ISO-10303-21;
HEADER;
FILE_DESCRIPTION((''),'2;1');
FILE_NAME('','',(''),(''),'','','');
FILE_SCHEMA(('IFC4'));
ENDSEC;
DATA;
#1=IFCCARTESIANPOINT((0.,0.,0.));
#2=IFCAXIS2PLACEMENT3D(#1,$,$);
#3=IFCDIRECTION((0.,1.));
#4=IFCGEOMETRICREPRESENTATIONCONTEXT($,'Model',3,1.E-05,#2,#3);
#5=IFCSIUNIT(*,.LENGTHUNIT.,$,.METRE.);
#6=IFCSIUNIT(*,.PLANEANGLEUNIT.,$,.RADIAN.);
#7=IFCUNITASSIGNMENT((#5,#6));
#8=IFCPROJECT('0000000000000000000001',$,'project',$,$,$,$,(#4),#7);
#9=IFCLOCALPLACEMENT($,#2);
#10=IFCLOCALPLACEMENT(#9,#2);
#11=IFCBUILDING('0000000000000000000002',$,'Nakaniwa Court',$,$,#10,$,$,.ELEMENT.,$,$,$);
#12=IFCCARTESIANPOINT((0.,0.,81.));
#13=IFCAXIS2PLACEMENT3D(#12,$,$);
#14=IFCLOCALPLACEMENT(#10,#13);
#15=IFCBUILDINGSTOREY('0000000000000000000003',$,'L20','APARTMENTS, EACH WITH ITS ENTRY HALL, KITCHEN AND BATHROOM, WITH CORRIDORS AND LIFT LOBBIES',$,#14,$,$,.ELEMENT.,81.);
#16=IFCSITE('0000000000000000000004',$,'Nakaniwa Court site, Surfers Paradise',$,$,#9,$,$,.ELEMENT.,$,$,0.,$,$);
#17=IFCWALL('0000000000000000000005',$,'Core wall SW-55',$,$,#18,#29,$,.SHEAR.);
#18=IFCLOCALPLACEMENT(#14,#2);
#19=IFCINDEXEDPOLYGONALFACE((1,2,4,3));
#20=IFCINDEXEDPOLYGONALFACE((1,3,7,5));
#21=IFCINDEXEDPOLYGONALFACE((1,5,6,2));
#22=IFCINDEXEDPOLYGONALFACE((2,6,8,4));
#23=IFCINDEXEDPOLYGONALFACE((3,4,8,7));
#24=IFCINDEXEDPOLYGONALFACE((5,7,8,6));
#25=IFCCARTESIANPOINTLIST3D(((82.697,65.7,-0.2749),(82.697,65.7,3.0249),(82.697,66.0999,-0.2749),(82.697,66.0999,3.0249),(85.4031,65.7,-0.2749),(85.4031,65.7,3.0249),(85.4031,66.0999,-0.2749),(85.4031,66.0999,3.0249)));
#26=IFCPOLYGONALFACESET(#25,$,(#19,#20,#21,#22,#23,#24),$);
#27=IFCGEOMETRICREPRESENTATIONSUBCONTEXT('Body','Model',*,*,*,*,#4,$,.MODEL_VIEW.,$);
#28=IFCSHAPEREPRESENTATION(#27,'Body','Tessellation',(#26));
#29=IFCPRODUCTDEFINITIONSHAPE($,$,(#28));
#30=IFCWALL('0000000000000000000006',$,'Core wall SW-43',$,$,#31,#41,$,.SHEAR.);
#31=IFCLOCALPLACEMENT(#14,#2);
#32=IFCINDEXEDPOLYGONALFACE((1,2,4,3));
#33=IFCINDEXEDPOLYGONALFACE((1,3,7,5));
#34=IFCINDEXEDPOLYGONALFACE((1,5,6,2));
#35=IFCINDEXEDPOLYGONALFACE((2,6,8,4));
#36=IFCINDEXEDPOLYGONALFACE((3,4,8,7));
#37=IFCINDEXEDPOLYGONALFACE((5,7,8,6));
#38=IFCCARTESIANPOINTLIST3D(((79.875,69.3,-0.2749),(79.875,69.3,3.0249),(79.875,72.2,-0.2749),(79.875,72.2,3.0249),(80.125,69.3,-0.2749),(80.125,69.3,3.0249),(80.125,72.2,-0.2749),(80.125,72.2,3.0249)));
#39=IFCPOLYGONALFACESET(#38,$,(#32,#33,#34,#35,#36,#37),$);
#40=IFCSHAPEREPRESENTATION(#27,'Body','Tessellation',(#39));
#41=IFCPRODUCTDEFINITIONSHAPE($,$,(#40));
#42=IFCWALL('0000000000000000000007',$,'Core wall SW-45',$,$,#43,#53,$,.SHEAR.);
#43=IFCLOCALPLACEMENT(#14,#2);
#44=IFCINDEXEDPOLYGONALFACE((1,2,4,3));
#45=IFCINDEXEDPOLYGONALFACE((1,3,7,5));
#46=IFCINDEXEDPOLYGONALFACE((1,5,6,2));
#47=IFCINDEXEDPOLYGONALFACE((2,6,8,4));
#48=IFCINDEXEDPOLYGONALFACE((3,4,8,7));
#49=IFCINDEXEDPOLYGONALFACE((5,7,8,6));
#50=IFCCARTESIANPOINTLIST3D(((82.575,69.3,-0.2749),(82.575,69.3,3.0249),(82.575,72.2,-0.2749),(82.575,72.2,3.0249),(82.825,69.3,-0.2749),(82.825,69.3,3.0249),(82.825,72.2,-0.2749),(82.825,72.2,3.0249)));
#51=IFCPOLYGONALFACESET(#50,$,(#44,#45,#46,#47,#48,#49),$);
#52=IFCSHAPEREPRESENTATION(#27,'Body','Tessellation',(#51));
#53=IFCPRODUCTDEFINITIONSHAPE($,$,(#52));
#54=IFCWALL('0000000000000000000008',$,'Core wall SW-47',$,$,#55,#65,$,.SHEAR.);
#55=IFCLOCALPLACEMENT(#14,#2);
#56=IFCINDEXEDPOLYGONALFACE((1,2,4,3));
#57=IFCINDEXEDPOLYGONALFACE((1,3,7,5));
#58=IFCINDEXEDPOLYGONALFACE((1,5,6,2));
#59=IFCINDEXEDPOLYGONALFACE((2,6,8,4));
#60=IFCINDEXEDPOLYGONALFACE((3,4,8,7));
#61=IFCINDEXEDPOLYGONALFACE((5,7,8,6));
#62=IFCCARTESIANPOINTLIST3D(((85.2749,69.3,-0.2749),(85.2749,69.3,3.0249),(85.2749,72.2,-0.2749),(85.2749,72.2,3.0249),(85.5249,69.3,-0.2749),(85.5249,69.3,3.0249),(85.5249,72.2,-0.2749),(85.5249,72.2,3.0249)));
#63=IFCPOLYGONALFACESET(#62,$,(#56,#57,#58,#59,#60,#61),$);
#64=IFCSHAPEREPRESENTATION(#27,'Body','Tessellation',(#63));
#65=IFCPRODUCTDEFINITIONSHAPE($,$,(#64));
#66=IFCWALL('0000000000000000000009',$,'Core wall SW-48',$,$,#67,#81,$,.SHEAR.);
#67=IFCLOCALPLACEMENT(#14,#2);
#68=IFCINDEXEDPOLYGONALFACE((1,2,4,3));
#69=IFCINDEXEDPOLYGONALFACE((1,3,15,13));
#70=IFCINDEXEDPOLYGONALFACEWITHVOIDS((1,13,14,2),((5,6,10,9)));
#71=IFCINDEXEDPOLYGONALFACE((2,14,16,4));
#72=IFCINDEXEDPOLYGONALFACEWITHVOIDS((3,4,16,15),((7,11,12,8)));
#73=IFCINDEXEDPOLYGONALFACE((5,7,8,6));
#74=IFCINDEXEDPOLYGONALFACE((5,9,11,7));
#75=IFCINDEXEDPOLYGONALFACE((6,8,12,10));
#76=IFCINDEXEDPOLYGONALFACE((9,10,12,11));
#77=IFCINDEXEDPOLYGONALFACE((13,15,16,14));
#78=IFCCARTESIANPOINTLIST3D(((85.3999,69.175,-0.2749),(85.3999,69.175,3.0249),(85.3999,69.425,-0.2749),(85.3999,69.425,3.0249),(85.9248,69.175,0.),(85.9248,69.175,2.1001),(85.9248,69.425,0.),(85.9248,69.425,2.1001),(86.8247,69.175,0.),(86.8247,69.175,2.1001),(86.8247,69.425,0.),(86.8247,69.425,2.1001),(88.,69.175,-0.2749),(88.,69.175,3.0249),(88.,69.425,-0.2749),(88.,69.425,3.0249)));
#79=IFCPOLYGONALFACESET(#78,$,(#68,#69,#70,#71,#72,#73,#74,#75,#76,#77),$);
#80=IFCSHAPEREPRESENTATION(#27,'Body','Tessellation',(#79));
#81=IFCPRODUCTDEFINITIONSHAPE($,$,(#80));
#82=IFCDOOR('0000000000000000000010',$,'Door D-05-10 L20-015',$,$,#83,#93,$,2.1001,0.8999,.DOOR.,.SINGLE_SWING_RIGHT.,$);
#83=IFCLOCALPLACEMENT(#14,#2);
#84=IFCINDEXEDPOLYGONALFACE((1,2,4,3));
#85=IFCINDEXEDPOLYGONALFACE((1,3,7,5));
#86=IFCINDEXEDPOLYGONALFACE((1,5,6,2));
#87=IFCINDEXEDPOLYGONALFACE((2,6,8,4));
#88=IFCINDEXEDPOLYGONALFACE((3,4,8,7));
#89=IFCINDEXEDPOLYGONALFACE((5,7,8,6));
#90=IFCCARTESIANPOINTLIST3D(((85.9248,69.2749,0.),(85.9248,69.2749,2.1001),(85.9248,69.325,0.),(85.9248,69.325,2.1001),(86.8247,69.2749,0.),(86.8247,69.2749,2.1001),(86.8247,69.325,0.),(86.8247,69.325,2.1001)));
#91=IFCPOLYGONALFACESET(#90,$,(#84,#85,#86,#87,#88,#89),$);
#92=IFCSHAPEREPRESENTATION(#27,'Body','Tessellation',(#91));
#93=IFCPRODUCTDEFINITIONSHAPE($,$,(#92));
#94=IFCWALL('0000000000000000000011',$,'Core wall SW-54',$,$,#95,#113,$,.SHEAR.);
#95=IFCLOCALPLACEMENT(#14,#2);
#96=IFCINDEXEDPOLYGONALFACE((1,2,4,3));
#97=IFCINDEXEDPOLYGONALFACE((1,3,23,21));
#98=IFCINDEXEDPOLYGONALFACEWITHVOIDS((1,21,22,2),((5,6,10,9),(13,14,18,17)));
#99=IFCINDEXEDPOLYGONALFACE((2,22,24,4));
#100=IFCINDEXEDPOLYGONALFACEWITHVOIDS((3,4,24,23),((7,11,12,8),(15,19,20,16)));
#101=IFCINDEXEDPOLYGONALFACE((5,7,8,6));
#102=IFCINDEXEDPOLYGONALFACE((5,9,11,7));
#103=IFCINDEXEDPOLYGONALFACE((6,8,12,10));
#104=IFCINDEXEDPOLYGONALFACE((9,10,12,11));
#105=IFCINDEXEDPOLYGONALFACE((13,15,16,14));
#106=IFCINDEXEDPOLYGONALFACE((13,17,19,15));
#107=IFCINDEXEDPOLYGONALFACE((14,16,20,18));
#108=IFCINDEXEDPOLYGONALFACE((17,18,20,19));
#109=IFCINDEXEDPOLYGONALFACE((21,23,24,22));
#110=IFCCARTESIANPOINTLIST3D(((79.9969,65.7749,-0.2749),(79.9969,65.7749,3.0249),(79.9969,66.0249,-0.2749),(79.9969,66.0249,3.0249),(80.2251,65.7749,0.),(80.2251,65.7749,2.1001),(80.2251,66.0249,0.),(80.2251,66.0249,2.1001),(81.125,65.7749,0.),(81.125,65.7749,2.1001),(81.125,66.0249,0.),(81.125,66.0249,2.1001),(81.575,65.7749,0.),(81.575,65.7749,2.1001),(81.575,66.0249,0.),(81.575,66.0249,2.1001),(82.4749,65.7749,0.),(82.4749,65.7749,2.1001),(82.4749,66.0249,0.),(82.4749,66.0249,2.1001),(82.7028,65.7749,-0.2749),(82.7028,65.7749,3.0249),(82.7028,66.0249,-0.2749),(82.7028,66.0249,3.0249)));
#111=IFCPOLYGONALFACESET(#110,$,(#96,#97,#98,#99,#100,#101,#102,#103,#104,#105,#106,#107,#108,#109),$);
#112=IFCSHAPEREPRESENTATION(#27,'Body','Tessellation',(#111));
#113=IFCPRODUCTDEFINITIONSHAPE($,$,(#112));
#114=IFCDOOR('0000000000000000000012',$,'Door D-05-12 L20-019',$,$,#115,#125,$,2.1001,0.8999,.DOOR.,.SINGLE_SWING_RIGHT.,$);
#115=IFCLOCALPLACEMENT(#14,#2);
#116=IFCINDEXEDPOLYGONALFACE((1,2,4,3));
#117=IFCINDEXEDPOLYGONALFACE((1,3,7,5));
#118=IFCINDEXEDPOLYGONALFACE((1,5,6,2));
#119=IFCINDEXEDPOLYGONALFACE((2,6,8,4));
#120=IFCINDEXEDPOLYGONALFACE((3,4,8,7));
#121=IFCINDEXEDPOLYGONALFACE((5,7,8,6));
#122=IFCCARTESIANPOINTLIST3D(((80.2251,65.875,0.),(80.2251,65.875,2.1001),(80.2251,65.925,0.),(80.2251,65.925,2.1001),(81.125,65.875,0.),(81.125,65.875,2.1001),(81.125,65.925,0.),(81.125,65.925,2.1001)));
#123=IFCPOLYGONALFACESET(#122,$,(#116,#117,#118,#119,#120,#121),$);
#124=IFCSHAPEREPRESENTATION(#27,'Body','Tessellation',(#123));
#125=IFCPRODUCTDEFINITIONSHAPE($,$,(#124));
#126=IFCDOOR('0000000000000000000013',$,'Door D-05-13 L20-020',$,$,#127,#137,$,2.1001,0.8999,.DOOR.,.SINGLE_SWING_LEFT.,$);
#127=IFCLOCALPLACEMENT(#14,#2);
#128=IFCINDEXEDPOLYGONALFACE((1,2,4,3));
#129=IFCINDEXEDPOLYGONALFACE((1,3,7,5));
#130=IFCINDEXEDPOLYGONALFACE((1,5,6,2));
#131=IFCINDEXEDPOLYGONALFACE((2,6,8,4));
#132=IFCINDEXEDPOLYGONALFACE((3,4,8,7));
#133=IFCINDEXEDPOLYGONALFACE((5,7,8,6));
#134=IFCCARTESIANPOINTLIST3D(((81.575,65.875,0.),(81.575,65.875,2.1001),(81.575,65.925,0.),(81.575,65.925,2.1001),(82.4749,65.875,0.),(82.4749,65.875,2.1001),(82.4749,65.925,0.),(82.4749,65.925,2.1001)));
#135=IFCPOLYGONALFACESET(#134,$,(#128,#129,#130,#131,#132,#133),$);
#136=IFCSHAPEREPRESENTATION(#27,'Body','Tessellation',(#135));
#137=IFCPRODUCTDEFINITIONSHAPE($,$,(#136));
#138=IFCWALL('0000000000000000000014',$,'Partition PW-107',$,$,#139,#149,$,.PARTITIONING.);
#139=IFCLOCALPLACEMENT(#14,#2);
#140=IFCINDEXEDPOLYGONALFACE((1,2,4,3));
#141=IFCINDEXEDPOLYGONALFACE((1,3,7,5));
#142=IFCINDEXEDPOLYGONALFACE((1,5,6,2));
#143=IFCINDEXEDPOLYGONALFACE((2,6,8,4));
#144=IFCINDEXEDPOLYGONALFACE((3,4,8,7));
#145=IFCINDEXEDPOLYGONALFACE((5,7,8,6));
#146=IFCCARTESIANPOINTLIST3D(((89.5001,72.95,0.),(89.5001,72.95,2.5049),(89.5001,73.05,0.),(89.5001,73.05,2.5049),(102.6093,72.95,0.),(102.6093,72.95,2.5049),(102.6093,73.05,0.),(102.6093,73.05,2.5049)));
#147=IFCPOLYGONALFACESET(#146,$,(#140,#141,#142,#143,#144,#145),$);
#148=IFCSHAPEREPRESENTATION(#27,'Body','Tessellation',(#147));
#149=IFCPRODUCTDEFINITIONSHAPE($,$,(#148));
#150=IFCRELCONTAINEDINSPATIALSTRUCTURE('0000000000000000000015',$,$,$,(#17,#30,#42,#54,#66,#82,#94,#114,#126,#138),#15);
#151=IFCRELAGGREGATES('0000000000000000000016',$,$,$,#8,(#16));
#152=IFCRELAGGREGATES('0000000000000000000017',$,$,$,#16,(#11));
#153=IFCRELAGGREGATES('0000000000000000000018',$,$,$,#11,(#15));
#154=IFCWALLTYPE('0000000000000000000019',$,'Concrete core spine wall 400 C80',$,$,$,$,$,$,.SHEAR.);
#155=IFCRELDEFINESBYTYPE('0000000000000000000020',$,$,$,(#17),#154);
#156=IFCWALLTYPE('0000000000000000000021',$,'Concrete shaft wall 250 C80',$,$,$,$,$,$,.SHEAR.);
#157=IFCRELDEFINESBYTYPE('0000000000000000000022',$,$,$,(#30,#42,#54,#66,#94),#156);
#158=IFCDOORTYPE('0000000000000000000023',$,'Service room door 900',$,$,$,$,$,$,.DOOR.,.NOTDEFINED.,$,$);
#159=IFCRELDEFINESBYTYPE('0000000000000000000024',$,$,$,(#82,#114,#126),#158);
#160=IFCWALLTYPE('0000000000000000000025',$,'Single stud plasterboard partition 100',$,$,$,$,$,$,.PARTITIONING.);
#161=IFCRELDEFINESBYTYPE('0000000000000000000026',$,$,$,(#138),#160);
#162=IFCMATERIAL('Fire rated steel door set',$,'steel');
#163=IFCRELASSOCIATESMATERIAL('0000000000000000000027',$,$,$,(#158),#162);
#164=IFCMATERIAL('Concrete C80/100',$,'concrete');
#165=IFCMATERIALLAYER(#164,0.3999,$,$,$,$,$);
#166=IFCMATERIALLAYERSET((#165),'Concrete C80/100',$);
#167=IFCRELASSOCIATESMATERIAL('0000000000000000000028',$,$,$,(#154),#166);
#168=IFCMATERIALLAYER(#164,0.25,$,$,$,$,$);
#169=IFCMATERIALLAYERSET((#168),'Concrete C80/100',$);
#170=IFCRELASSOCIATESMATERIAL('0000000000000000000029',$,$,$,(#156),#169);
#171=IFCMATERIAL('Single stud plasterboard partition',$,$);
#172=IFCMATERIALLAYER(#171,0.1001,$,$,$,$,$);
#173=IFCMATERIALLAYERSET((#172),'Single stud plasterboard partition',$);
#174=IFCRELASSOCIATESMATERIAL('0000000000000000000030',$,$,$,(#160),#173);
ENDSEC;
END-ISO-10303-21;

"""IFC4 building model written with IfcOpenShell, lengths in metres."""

from ifc_helpers import new_model, si_unit, direction, frame, frame_2d, origin, place, context, subcontext, project, spatial, rectangle, extrude, material, layer, layer_set, type_object, element, fill, save


model = new_model("IFC4")

# Units and contexts
model_context = context("Model", 3, precision=1e-05, world=origin(), true_north=direction((0.0, 1.0)))
body_context = subcontext(model_context, "Body", "Model", "MODEL_VIEW")
ifc_project = project(units=[si_unit("LENGTHUNIT", "METRE"), si_unit("PLANEANGLEUNIT", "RADIAN")], contexts=[model_context])

# Site, building, storey
site_placement = place(None, origin())
site = spatial("IfcSite", under=ifc_project, at=site_placement, Name="Nakaniwa Court site, Surfers Paradise", CompositionType="ELEMENT", RefElevation=0.0)
building_placement = place(site_placement, origin())
building = spatial("IfcBuilding", under=site, at=building_placement, Name="Nakaniwa Court", CompositionType="ELEMENT")
storey_placement = place(building_placement, frame((0.0, 0.0, 81.0)))
storey = spatial("IfcBuildingStorey", under=building, at=storey_placement, Name="L20", Description="APARTMENTS, EACH WITH ITS ENTRY HALL, KITCHEN AND BATHROOM, WITH CORRIDORS AND LIFT LOBBIES", CompositionType="ELEMENT", Elevation=81.0)

# Shared definitions
ifc_material_1 = material(Name="Concrete C80/100", Category="concrete")

# Shared definitions
ifc_material_2 = material(Name="Fire rated steel door set", Category="steel")
door_type_1 = type_object("IfcDoorType", Name="Service room door 900", OperationType="NOTDEFINED", PredefinedType="DOOR", material=ifc_material_2)

# Walls
ifc_layer_1 = layer(ifc_material_1, 0.3999)
ifc_layer_set_1 = layer_set([ifc_layer_1], Name="Concrete C80/100")
wall_type_1 = type_object("IfcWallType", Name="Concrete core spine wall 400 C80", PredefinedType="SHEAR", material=ifc_layer_set_1)
wall_1_placement = place(storey_placement, frame((82.697, 65.8999, -0.2749), z_axis=(0.0, 0.0, 1.0), x_axis=(1.0, 0.0, 0.0)))
element("IfcWall", 1, at=wall_1_placement, inside=storey, type_object=wall_type_1, Name="Core wall SW-55", PredefinedType="SHEAR", context=body_context, shape_type="SweptSolid", body=[
    extrude(rectangle(XDim=2.7061, YDim=0.3999, at=frame_2d((1.353, 0.0))), origin(), (0.0, 0.0, 1.0), 3.2998),
])
ifc_layer_2 = layer(ifc_material_1, 0.25)
ifc_layer_set_2 = layer_set([ifc_layer_2], Name="Concrete C80/100")
wall_type_2 = type_object("IfcWallType", Name="Concrete shaft wall 250 C80", PredefinedType="SHEAR", material=ifc_layer_set_2)
for number, where, z_axis, x_axis, name in (
    (2, (80.0, 69.3, -0.2749), (0.0, 0.0, 1.0), (0.0, 1.0, 0.0), "Core wall SW-43"),
    (3, (82.7, 69.3, -0.2749), (0.0, 0.0, 1.0), (0.0, 1.0, 0.0), "Core wall SW-45"),
    (4, (85.3999, 69.3, -0.2749), (0.0, 0.0, 1.0), (0.0, 1.0, 0.0), "Core wall SW-47"),
):
    element("IfcWall", number, at=place(storey_placement, frame(where, z_axis=z_axis, x_axis=x_axis)), inside=storey, type_object=wall_type_2, Name=name, PredefinedType="SHEAR", context=body_context, shape_type="SweptSolid", body=[
        extrude(rectangle(XDim=2.8999, YDim=0.25, at=frame_2d((1.45, 0.0))), origin(), (0.0, 0.0, 1.0), 3.2998),
    ])

# Wall, opening, door
wall_2_placement = place(storey_placement, frame((85.3999, 69.3, -0.2749), z_axis=(0.0, 0.0, 1.0), x_axis=(1.0, 0.0, 0.0)))
wall_2 = element("IfcWall", 5, at=wall_2_placement, inside=storey, type_object=wall_type_2, Name="Core wall SW-48", PredefinedType="SHEAR", context=body_context, shape_type="SweptSolid", body=[
    extrude(rectangle(XDim=2.6001, YDim=0.25, at=frame_2d((1.3, 0.0))), origin(), (0.0, 0.0, 1.0), 3.2998),
])
opening_1_placement = place(wall_2_placement, frame((0.5249, 0.0, 0.2749)))
opening_1 = element("IfcOpeningElement", 6, at=opening_1_placement, cuts=wall_2, PredefinedType="OPENING", context=body_context, shape_type="SweptSolid", body=[
    extrude(rectangle(XDim=0.8999, YDim=2.1001, at=frame_2d((0.45, 1.05))), frame((0.0, 0.135, 0.0), z_axis=(0.0, -1.0, 0.0), x_axis=(1.0, 0.0, 0.0)), (0.0, 0.0, 1.0), 0.27),
])
door_1_placement = place(opening_1_placement, origin())
door_1 = element("IfcDoor", 7, at=door_1_placement, inside=storey, type_object=door_type_1, Name="Door D-05-10 L20-015", OperationType="SINGLE_SWING_RIGHT", OverallHeight=2.1001, OverallWidth=0.8999, PredefinedType="DOOR", context=body_context, shape_type="SweptSolid", body=[
    extrude(rectangle(XDim=0.8999, YDim=2.1001, at=frame_2d((0.45, 1.05))), frame((0.0, 0.0249, 0.0), z_axis=(0.0, -1.0, 0.0), x_axis=(1.0, 0.0, 0.0)), (0.0, 0.0, 1.0), 0.05),
])
fill(opening_1, door_1)

# Wall, openings, doors
wall_3_placement = place(storey_placement, frame((82.7029, 65.8999, -0.2749), z_axis=(0.0, 0.0, 1.0), x_axis=(-1.0, 0.0, 0.0)))
wall_3 = element("IfcWall", 8, at=wall_3_placement, inside=storey, type_object=wall_type_2, Name="Core wall SW-54", PredefinedType="SHEAR", context=body_context, shape_type="SweptSolid", body=[
    extrude(rectangle(XDim=2.7058, YDim=0.25, at=frame_2d((1.353, 0.0))), origin(), (0.0, 0.0, 1.0), 3.2998),
])
opening_2_placement = place(wall_3_placement, frame((1.5779, 0.0, 0.2749)))
opening_2 = element("IfcOpeningElement", 9, at=opening_2_placement, cuts=wall_3, PredefinedType="OPENING", context=body_context, shape_type="SweptSolid", body=[
    extrude(rectangle(XDim=0.8999, YDim=2.1001, at=frame_2d((0.45, 1.05))), frame((0.0, 0.135, 0.0), z_axis=(0.0, -1.0, 0.0), x_axis=(1.0, 0.0, 0.0)), (0.0, 0.0, 1.0), 0.27),
])
opening_3_placement = place(wall_3_placement, frame((0.228, 0.0, 0.2749)))
opening_3 = element("IfcOpeningElement", 10, at=opening_3_placement, cuts=wall_3, PredefinedType="OPENING", context=body_context, shape_type="SweptSolid", body=[
    extrude(rectangle(XDim=0.8999, YDim=2.1001, at=frame_2d((0.45, 1.05))), frame((0.0, 0.135, 0.0), z_axis=(0.0, -1.0, 0.0), x_axis=(1.0, 0.0, 0.0)), (0.0, 0.0, 1.0), 0.27),
])
door_2_placement = place(opening_2_placement, origin())
door_2 = element("IfcDoor", 11, at=door_2_placement, inside=storey, type_object=door_type_1, Name="Door D-05-12 L20-019", OperationType="SINGLE_SWING_RIGHT", OverallHeight=2.1001, OverallWidth=0.8999, PredefinedType="DOOR", context=body_context, shape_type="SweptSolid", body=[
    extrude(rectangle(XDim=0.8999, YDim=2.1001, at=frame_2d((0.45, 1.05))), frame((0.0, 0.0249, 0.0), z_axis=(0.0, -1.0, 0.0), x_axis=(1.0, 0.0, 0.0)), (0.0, 0.0, 1.0), 0.05),
])
fill(opening_2, door_2)
door_3_placement = place(opening_3_placement, origin())
door_3 = element("IfcDoor", 12, at=door_3_placement, inside=storey, type_object=door_type_1, Name="Door D-05-13 L20-020", OperationType="SINGLE_SWING_LEFT", OverallHeight=2.1001, OverallWidth=0.8999, PredefinedType="DOOR", context=body_context, shape_type="SweptSolid", body=[
    extrude(rectangle(XDim=0.8999, YDim=2.1001, at=frame_2d((0.45, 1.05))), frame((0.0, 0.0249, 0.0), z_axis=(0.0, -1.0, 0.0), x_axis=(1.0, 0.0, 0.0)), (0.0, 0.0, 1.0), 0.05),
])
fill(opening_3, door_3)

# Wall
ifc_material_3 = material(Name="Single stud plasterboard partition")
ifc_layer_3 = layer(ifc_material_3, 0.1001)
ifc_layer_set_3 = layer_set([ifc_layer_3], Name="Single stud plasterboard partition")
wall_type_3 = type_object("IfcWallType", Name="Single stud plasterboard partition 100", PredefinedType="PARTITIONING", material=ifc_layer_set_3)
wall_4_placement = place(storey_placement, frame((89.5, 73.0, 0.0), z_axis=(0.0, 0.0, 1.0), x_axis=(1.0, 0.0, 0.0)))
element("IfcWall", 13, at=wall_4_placement, inside=storey, type_object=wall_type_3, Name="Partition PW-107", PredefinedType="PARTITIONING", context=body_context, shape_type="SweptSolid", body=[
    extrude(rectangle(XDim=13.1091, YDim=0.1001, at=frame_2d((6.5547, 0.0))), origin(), (0.0, 0.0, 1.0), 2.5049),
])

save(model, "model.ifc")
